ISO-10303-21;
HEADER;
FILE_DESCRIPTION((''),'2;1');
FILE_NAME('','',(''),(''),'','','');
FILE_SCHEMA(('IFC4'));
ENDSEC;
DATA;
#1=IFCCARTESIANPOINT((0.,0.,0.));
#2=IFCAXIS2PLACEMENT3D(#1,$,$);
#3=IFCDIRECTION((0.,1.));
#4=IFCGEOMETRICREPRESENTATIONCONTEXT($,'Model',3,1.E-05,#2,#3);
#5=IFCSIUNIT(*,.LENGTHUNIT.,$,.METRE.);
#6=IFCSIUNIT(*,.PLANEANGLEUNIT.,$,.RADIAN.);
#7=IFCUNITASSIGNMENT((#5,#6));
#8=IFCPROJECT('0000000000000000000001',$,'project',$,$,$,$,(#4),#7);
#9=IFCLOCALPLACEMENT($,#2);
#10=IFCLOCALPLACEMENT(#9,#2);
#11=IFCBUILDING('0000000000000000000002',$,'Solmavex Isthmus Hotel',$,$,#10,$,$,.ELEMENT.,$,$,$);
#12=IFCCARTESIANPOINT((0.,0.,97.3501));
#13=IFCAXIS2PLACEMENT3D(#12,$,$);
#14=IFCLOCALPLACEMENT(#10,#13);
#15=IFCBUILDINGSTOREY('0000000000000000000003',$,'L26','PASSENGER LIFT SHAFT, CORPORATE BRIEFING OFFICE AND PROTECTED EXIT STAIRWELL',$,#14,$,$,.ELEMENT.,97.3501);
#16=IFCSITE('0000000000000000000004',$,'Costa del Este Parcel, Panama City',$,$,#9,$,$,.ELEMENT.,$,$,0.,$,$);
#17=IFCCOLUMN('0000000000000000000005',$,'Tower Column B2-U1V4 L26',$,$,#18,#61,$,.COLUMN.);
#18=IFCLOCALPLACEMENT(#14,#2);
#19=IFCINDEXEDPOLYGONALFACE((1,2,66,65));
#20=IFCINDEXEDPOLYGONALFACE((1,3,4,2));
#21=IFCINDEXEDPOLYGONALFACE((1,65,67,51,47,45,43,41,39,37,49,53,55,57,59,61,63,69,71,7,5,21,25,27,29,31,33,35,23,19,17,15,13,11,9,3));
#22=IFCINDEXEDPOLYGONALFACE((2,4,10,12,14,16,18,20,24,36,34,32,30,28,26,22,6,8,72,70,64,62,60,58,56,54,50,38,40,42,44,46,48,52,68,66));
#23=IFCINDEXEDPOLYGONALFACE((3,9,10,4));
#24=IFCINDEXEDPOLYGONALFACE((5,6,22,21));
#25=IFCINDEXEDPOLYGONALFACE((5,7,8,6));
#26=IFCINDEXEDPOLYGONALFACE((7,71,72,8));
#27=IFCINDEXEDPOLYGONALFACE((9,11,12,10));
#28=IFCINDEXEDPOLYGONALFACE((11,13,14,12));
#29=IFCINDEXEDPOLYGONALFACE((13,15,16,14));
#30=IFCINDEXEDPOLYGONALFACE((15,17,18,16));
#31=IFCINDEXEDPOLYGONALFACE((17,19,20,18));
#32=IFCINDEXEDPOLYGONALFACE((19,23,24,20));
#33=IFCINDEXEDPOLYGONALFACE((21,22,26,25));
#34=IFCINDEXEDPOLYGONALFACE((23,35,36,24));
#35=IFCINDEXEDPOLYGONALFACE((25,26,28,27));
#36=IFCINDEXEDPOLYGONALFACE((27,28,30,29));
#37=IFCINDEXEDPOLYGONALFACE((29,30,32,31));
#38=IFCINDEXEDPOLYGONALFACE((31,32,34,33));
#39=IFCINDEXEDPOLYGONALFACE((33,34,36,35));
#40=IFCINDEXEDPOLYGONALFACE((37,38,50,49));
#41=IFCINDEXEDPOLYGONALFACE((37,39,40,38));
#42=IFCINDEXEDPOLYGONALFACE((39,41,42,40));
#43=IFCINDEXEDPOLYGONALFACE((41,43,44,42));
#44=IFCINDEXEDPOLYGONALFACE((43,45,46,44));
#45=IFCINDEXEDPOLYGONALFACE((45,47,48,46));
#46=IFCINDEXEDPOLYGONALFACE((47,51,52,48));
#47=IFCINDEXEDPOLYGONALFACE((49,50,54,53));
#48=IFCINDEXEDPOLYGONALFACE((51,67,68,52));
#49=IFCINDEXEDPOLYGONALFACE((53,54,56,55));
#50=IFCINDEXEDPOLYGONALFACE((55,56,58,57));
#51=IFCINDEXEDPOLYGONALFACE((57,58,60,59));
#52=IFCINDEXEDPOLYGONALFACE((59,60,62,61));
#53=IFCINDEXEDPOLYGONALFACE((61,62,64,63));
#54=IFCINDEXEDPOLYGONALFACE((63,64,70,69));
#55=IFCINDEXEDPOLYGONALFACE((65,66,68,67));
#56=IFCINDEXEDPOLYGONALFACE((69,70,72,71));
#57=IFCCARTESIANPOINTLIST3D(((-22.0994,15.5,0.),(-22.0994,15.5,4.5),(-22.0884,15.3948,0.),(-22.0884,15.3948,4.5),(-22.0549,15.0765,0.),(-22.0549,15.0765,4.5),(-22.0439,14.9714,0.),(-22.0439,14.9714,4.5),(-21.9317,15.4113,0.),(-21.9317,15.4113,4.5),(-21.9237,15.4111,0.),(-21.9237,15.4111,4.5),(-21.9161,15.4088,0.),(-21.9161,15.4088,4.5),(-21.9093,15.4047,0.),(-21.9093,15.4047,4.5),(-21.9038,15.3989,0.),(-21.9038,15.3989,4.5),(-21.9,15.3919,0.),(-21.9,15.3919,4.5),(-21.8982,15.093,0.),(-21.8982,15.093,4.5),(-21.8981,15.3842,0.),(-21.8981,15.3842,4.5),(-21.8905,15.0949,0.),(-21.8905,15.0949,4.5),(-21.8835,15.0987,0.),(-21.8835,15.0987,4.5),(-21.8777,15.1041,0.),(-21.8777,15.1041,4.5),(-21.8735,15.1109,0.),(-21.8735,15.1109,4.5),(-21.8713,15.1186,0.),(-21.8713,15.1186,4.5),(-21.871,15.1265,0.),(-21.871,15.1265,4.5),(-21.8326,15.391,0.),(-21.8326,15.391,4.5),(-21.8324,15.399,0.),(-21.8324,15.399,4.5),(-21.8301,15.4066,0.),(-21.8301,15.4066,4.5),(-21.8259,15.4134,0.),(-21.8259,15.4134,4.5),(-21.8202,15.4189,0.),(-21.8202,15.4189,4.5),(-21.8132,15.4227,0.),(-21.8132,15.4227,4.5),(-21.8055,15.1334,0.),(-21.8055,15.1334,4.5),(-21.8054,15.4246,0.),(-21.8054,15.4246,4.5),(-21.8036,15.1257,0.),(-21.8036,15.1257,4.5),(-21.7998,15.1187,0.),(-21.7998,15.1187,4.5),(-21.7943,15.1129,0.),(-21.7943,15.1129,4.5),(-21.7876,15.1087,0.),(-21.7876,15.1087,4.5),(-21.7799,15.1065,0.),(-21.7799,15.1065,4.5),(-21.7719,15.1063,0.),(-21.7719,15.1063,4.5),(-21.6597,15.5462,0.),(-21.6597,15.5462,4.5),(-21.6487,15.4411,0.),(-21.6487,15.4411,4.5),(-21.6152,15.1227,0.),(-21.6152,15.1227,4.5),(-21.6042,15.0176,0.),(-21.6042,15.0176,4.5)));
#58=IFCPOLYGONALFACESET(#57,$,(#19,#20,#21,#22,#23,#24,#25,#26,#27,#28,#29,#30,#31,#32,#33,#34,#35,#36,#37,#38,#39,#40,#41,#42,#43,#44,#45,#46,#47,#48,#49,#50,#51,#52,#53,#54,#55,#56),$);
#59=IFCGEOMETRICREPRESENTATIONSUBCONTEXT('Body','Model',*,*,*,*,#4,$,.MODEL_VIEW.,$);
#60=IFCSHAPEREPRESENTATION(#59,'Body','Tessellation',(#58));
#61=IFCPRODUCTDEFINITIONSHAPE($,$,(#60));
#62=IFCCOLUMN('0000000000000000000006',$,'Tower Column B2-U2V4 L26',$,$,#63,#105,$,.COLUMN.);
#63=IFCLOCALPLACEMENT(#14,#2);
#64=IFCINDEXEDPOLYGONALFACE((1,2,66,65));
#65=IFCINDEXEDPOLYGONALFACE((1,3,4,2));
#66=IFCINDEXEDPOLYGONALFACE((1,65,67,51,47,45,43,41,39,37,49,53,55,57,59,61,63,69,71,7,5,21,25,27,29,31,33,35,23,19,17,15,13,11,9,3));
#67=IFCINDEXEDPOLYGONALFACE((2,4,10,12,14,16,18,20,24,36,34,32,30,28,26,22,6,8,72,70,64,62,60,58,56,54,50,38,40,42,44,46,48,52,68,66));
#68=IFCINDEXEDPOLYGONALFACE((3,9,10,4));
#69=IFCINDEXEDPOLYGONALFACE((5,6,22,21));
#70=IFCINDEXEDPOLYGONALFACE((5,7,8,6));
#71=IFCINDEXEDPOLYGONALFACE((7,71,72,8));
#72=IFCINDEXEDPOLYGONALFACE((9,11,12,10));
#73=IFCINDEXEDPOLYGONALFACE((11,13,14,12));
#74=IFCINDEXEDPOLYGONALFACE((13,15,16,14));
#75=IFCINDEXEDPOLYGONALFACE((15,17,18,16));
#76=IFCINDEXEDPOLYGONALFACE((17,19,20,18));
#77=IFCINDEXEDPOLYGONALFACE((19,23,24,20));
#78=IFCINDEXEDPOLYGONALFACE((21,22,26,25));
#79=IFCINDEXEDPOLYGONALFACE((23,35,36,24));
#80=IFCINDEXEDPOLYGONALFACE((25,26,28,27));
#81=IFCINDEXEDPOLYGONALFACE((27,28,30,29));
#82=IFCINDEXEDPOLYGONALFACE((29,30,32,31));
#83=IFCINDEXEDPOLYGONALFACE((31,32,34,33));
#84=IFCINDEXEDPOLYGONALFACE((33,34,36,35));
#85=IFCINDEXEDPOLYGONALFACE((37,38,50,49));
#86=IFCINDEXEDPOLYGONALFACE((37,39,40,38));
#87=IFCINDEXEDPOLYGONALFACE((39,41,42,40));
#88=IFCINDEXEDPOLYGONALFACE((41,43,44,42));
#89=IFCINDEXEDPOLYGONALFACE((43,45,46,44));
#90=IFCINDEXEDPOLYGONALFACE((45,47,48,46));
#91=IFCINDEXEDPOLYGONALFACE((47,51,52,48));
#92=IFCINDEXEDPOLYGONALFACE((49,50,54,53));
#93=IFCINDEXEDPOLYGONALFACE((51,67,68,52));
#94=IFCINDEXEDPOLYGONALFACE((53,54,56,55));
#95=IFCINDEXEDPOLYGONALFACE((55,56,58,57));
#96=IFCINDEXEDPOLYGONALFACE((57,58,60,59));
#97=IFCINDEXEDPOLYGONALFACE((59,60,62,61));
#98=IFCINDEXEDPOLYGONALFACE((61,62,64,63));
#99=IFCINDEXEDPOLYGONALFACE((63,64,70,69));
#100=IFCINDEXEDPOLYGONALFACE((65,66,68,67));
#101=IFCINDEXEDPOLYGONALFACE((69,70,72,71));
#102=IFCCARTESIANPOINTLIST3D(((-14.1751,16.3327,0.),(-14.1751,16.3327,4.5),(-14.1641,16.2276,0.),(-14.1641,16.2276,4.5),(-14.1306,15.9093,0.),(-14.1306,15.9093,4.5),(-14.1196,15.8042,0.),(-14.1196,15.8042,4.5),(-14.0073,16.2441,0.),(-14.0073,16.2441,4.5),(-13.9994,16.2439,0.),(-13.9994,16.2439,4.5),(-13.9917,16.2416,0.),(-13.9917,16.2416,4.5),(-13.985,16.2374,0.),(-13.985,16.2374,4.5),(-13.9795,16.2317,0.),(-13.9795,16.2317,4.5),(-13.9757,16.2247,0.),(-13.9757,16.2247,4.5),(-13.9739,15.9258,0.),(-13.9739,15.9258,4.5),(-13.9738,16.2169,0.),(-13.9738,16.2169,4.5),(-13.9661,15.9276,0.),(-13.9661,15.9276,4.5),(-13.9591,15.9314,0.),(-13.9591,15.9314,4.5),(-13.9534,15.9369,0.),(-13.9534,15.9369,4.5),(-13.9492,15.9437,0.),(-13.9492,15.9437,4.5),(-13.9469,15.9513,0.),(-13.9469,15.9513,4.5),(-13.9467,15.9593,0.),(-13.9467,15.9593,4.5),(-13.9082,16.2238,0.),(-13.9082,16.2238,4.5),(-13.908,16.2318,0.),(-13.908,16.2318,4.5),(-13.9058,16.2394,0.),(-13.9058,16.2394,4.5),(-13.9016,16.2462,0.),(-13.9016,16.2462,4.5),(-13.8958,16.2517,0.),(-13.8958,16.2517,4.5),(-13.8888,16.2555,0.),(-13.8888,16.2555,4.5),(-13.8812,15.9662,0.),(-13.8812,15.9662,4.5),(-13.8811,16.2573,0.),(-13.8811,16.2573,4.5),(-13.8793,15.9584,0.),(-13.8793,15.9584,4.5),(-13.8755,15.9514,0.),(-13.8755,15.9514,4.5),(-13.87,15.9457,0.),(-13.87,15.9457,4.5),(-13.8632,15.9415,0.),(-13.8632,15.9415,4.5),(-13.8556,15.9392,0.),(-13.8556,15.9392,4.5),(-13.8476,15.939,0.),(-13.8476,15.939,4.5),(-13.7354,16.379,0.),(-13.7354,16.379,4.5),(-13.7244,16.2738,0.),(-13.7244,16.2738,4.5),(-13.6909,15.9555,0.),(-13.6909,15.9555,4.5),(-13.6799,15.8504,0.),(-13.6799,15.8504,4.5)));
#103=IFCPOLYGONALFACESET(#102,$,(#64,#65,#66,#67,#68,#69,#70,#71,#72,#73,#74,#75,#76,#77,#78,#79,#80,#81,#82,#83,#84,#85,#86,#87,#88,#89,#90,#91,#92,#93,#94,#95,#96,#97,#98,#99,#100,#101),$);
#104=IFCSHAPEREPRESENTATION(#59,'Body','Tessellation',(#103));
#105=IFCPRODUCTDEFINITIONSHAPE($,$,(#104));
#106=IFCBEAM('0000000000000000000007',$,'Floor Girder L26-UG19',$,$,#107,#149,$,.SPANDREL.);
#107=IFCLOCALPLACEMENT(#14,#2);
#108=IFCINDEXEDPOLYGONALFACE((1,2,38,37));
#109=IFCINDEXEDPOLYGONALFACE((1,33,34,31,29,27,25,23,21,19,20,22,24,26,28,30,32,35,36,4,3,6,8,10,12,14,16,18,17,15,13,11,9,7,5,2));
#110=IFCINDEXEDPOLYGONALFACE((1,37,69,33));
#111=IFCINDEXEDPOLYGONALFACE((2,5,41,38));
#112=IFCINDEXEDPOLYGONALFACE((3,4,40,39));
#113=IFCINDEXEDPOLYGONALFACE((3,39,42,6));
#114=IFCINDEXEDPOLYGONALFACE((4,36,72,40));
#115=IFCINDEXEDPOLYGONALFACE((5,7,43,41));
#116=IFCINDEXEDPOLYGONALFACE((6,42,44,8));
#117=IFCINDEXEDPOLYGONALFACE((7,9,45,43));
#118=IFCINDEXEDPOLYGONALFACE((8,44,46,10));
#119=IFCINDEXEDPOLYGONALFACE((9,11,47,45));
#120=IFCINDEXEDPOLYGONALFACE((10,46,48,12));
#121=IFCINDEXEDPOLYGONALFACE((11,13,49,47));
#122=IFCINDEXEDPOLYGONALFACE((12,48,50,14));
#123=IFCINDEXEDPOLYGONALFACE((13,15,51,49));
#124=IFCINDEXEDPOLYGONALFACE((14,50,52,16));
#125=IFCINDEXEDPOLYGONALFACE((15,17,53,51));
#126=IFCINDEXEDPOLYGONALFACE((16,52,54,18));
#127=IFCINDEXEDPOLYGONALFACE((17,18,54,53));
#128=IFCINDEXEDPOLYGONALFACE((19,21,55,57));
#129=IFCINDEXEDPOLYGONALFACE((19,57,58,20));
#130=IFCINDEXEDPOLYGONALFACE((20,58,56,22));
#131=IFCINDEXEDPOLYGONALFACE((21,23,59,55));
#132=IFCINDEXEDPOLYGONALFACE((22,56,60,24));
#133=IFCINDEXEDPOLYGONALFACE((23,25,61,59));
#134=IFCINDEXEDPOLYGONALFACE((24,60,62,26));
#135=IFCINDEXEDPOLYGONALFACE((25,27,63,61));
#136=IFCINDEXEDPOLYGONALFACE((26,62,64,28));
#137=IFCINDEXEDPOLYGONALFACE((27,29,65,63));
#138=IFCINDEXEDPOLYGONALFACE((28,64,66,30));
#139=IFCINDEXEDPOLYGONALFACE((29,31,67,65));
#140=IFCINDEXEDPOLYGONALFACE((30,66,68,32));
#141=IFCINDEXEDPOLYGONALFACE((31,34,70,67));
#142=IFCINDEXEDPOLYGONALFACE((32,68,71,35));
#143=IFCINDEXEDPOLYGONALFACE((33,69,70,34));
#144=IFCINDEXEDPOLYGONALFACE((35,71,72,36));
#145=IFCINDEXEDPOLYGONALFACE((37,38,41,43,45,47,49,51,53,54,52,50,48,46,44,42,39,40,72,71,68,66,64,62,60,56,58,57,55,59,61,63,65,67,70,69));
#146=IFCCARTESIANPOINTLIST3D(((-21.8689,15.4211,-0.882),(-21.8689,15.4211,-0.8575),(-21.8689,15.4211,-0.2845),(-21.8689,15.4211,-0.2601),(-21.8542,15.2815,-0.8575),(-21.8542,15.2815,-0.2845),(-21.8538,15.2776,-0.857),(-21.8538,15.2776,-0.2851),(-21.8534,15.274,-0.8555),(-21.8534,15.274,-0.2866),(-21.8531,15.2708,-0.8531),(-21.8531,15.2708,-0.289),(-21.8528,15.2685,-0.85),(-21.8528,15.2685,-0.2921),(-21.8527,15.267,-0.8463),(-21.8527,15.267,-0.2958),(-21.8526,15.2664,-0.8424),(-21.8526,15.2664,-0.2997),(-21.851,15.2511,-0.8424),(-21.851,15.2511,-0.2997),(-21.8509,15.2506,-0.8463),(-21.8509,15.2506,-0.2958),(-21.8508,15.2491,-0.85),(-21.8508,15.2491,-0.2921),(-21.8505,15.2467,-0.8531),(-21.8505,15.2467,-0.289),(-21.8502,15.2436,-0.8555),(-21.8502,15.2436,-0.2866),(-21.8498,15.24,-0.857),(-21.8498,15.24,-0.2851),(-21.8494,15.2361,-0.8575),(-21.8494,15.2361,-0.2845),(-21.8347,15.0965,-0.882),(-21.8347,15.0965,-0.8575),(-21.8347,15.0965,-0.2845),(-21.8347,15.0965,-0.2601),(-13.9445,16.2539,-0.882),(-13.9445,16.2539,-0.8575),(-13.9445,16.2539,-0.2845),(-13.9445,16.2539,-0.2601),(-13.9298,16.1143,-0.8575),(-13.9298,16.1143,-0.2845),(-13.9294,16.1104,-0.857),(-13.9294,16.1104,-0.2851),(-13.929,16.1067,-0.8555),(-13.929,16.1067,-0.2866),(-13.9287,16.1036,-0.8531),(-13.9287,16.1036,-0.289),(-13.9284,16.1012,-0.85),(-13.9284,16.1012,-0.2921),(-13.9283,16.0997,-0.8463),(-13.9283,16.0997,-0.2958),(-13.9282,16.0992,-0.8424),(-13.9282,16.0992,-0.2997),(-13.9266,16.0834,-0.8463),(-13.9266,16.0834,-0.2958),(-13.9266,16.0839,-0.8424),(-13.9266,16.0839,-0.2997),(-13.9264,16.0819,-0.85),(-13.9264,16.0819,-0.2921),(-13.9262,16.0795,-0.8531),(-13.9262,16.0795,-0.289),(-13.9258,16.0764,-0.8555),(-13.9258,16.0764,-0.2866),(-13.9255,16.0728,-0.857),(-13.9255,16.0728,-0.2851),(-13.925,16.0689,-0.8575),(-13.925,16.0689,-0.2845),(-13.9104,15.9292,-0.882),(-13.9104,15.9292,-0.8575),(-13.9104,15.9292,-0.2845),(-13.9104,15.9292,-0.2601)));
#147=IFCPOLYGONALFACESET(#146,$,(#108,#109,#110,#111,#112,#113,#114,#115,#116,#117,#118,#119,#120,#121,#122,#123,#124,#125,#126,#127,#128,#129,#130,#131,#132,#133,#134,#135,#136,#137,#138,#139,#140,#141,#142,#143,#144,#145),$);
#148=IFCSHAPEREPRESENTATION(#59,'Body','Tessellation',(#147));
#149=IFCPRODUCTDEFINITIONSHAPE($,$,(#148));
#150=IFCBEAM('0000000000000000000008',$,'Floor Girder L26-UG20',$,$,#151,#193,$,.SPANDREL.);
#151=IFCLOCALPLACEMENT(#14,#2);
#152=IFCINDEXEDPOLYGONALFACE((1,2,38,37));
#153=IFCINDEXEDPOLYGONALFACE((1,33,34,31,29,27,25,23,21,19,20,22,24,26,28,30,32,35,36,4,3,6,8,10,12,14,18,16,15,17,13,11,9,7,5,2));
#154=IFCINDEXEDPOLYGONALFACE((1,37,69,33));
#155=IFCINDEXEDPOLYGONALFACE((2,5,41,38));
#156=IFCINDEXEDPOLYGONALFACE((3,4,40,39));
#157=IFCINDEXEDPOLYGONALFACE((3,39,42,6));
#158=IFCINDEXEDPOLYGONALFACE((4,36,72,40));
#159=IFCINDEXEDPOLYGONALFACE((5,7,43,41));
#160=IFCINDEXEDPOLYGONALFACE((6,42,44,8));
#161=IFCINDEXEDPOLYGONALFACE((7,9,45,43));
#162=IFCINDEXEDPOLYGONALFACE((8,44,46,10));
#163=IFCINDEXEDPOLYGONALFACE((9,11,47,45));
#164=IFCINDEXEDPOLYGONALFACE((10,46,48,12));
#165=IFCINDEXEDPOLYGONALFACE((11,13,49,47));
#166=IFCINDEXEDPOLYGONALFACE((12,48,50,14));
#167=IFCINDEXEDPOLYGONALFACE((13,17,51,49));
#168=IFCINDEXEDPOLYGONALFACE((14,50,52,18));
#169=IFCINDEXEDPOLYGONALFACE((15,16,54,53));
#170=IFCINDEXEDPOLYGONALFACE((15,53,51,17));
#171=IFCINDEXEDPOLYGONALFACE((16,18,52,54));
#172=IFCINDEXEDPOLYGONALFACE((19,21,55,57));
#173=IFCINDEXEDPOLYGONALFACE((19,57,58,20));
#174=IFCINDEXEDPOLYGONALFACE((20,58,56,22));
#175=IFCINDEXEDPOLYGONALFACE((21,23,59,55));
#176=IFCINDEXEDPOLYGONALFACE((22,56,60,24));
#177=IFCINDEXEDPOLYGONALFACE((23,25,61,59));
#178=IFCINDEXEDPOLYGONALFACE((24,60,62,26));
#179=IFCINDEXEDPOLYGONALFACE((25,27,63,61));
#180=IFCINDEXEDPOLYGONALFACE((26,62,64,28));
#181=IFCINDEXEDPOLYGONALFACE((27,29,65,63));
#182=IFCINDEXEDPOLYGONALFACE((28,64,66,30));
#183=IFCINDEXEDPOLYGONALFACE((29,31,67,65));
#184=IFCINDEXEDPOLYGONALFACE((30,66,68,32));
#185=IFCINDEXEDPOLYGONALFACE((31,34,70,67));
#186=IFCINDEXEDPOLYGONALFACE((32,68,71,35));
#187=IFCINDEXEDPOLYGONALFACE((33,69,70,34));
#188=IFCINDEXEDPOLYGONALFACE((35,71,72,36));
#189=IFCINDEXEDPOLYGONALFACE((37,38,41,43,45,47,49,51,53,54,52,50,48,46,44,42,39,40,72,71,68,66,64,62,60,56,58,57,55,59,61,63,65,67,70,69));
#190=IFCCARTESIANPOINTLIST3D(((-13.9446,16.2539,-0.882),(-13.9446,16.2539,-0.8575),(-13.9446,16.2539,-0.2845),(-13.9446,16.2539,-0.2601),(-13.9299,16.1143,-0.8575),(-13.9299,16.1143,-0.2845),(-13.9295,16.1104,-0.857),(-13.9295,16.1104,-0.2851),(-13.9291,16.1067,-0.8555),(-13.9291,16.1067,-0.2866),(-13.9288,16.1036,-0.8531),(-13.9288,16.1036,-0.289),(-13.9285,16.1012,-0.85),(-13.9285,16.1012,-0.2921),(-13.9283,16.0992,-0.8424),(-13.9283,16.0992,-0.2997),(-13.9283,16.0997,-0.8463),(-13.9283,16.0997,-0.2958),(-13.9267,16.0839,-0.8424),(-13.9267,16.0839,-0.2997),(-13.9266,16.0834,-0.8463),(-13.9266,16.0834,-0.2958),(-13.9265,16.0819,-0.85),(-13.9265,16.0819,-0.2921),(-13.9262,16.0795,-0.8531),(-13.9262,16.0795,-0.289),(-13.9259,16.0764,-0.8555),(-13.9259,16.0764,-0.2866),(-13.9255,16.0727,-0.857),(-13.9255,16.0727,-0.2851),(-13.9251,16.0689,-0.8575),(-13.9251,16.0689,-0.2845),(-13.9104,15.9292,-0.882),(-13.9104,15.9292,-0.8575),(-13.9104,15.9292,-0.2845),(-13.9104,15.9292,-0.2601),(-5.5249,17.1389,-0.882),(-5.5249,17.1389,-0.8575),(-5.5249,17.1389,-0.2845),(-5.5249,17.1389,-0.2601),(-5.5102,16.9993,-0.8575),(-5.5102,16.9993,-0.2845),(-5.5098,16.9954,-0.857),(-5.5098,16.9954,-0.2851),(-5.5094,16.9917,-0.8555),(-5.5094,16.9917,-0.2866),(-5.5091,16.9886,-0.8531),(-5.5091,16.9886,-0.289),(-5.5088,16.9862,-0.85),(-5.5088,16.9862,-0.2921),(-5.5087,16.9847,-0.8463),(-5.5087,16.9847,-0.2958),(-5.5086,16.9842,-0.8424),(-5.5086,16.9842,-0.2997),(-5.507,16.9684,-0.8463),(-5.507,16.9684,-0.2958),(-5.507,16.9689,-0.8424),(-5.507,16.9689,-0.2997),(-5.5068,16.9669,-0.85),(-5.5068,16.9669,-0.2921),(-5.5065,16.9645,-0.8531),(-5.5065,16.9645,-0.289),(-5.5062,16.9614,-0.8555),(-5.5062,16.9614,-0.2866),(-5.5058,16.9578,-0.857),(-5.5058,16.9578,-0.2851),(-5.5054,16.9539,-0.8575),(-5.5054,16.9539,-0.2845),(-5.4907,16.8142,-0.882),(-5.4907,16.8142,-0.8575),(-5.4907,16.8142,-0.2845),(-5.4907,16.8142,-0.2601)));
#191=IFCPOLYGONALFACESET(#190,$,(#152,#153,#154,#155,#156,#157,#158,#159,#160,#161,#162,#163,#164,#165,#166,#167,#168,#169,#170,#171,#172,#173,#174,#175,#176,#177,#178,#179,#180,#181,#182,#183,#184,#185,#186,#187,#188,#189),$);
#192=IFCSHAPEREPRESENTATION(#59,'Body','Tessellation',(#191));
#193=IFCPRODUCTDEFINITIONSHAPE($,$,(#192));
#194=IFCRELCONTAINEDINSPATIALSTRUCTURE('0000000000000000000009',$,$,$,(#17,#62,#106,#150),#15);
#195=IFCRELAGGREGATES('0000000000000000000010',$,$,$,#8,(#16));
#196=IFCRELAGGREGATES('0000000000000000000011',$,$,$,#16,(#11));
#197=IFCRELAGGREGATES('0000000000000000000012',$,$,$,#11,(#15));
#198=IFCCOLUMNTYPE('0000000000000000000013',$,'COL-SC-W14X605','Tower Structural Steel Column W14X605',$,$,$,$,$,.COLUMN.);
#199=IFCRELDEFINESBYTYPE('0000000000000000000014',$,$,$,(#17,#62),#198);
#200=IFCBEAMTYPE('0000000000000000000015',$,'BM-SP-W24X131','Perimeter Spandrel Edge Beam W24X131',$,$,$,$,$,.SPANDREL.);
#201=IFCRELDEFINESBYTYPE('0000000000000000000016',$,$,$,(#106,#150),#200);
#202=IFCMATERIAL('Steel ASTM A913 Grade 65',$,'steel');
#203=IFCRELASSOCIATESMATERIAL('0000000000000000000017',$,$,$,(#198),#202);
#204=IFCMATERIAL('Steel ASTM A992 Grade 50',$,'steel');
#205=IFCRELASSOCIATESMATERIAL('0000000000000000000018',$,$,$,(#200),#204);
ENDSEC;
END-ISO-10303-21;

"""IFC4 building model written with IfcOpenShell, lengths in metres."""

from ifc_helpers import new_model, si_unit, direction, frame, origin, origin_2d, place, context, subcontext, project, spatial, i_section, extrude, material, material_profile, profile_set, type_object, element, save


model = new_model("IFC4")

# Units and contexts
model_context = context("Model", 3, precision=1e-05, world=origin(), true_north=direction((0.0, 1.0)))
body_context = subcontext(model_context, "Body", "Model", "MODEL_VIEW")
ifc_project = project(units=[si_unit("LENGTHUNIT", "METRE"), si_unit("PLANEANGLEUNIT", "RADIAN")], contexts=[model_context])

# Site, building, storey
site_placement = place(None, origin())
site = spatial("IfcSite", under=ifc_project, at=site_placement, Name="Costa del Este Parcel, Panama City", CompositionType="ELEMENT", RefElevation=0.0)
building_placement = place(site_placement, origin())
building = spatial("IfcBuilding", under=site, at=building_placement, Name="Solmavex Isthmus Hotel", CompositionType="ELEMENT")
storey_placement = place(building_placement, frame((0.0, 0.0, 97.3501)))
storey = spatial("IfcBuildingStorey", under=building, at=storey_placement, Name="L26", Description="PASSENGER LIFT SHAFT, CORPORATE BRIEFING OFFICE AND PROTECTED EXIT STAIRWELL", CompositionType="ELEMENT", Elevation=97.3501)

# Columns
ifc_material_1 = material(Name="Steel ASTM A913 Grade 65", Category="steel")
ifc_material_profile_1 = material_profile(ifc_material_1, i_section(OverallWidth=0.4421, OverallDepth=0.5315, WebThickness=0.0659, FlangeThickness=0.1057, FilletRadius=0.0305, at=origin_2d()), Name="W14X605")
ifc_profile_set_1 = profile_set([ifc_material_profile_1], Name="Steel ASTM A913 Grade 65")
column_type = type_object("IfcColumnType", Name="COL-SC-W14X605", Description="Tower Structural Steel Column W14X605", PredefinedType="COLUMN", material=ifc_profile_set_1)
for number, where, z_axis, x_axis, name in (
    (1, (-21.8518, 15.2588, 0.0), (0.0, 0.0, 1.0), (0.994522, 0.104528, 0.0), "Tower Column B2-U1V4 L26"),
    (2, (-13.9275, 16.0916, 0.0), (0.0, 0.0, 1.0), (0.994522, 0.104528, 0.0), "Tower Column B2-U2V4 L26"),
):
    element("IfcColumn", number, at=place(storey_placement, frame(where, z_axis=z_axis, x_axis=x_axis)), inside=storey, type_object=column_type, Name=name, PredefinedType="COLUMN", context=body_context, shape_type="SweptSolid", body=[
        extrude(i_section(OverallWidth=0.4421, OverallDepth=0.5315, WebThickness=0.0659, FlangeThickness=0.1057, FilletRadius=0.0305, at=origin_2d()), origin(), (0.0, 0.0, 1.0), 4.5),
    ])

# Beams
ifc_material_2 = material(Name="Steel ASTM A992 Grade 50", Category="steel")
ifc_material_profile_2 = material_profile(ifc_material_2, i_section(OverallWidth=0.3264, OverallDepth=0.6218, WebThickness=0.0154, FlangeThickness=0.0244, FilletRadius=0.0151, at=origin_2d()), Name="W24X131")
ifc_profile_set_2 = profile_set([ifc_material_profile_2], Name="Steel ASTM A992 Grade 50")
beam_type = type_object("IfcBeamType", Name="BM-SP-W24X131", Description="Perimeter Spandrel Edge Beam W24X131", PredefinedType="SPANDREL", material=ifc_profile_set_2)
beam_1_placement = place(storey_placement, frame((-21.8518, 15.2588, -0.571), z_axis=(0.994523, 0.104514, 0.0), x_axis=(-0.104514, 0.994523, 0.0)))
element("IfcBeam", 3, at=beam_1_placement, inside=storey, type_object=beam_type, Name="Floor Girder L26-UG19", PredefinedType="SPANDREL", context=body_context, shape_type="SweptSolid", body=[
    extrude(i_section(OverallWidth=0.3264, OverallDepth=0.6218, WebThickness=0.0154, FlangeThickness=0.0244, FilletRadius=0.0151, at=origin_2d()), origin(), (0.0, 0.0, 1.0), 7.968),
])
beam_2_placement = place(storey_placement, frame((-13.9275, 16.0916, -0.571), z_axis=(0.994521, 0.104536, 0.0), x_axis=(-0.104536, 0.994521, 0.0)))
element("IfcBeam", 4, at=beam_2_placement, inside=storey, type_object=beam_type, Name="Floor Girder L26-UG20", PredefinedType="SPANDREL", context=body_context, shape_type="SweptSolid", body=[
    extrude(i_section(OverallWidth=0.3264, OverallDepth=0.6218, WebThickness=0.0154, FlangeThickness=0.0244, FilletRadius=0.0151, at=origin_2d()), origin(), (0.0, 0.0, 1.0), 8.4661),
])

save(model, "model.ifc")
